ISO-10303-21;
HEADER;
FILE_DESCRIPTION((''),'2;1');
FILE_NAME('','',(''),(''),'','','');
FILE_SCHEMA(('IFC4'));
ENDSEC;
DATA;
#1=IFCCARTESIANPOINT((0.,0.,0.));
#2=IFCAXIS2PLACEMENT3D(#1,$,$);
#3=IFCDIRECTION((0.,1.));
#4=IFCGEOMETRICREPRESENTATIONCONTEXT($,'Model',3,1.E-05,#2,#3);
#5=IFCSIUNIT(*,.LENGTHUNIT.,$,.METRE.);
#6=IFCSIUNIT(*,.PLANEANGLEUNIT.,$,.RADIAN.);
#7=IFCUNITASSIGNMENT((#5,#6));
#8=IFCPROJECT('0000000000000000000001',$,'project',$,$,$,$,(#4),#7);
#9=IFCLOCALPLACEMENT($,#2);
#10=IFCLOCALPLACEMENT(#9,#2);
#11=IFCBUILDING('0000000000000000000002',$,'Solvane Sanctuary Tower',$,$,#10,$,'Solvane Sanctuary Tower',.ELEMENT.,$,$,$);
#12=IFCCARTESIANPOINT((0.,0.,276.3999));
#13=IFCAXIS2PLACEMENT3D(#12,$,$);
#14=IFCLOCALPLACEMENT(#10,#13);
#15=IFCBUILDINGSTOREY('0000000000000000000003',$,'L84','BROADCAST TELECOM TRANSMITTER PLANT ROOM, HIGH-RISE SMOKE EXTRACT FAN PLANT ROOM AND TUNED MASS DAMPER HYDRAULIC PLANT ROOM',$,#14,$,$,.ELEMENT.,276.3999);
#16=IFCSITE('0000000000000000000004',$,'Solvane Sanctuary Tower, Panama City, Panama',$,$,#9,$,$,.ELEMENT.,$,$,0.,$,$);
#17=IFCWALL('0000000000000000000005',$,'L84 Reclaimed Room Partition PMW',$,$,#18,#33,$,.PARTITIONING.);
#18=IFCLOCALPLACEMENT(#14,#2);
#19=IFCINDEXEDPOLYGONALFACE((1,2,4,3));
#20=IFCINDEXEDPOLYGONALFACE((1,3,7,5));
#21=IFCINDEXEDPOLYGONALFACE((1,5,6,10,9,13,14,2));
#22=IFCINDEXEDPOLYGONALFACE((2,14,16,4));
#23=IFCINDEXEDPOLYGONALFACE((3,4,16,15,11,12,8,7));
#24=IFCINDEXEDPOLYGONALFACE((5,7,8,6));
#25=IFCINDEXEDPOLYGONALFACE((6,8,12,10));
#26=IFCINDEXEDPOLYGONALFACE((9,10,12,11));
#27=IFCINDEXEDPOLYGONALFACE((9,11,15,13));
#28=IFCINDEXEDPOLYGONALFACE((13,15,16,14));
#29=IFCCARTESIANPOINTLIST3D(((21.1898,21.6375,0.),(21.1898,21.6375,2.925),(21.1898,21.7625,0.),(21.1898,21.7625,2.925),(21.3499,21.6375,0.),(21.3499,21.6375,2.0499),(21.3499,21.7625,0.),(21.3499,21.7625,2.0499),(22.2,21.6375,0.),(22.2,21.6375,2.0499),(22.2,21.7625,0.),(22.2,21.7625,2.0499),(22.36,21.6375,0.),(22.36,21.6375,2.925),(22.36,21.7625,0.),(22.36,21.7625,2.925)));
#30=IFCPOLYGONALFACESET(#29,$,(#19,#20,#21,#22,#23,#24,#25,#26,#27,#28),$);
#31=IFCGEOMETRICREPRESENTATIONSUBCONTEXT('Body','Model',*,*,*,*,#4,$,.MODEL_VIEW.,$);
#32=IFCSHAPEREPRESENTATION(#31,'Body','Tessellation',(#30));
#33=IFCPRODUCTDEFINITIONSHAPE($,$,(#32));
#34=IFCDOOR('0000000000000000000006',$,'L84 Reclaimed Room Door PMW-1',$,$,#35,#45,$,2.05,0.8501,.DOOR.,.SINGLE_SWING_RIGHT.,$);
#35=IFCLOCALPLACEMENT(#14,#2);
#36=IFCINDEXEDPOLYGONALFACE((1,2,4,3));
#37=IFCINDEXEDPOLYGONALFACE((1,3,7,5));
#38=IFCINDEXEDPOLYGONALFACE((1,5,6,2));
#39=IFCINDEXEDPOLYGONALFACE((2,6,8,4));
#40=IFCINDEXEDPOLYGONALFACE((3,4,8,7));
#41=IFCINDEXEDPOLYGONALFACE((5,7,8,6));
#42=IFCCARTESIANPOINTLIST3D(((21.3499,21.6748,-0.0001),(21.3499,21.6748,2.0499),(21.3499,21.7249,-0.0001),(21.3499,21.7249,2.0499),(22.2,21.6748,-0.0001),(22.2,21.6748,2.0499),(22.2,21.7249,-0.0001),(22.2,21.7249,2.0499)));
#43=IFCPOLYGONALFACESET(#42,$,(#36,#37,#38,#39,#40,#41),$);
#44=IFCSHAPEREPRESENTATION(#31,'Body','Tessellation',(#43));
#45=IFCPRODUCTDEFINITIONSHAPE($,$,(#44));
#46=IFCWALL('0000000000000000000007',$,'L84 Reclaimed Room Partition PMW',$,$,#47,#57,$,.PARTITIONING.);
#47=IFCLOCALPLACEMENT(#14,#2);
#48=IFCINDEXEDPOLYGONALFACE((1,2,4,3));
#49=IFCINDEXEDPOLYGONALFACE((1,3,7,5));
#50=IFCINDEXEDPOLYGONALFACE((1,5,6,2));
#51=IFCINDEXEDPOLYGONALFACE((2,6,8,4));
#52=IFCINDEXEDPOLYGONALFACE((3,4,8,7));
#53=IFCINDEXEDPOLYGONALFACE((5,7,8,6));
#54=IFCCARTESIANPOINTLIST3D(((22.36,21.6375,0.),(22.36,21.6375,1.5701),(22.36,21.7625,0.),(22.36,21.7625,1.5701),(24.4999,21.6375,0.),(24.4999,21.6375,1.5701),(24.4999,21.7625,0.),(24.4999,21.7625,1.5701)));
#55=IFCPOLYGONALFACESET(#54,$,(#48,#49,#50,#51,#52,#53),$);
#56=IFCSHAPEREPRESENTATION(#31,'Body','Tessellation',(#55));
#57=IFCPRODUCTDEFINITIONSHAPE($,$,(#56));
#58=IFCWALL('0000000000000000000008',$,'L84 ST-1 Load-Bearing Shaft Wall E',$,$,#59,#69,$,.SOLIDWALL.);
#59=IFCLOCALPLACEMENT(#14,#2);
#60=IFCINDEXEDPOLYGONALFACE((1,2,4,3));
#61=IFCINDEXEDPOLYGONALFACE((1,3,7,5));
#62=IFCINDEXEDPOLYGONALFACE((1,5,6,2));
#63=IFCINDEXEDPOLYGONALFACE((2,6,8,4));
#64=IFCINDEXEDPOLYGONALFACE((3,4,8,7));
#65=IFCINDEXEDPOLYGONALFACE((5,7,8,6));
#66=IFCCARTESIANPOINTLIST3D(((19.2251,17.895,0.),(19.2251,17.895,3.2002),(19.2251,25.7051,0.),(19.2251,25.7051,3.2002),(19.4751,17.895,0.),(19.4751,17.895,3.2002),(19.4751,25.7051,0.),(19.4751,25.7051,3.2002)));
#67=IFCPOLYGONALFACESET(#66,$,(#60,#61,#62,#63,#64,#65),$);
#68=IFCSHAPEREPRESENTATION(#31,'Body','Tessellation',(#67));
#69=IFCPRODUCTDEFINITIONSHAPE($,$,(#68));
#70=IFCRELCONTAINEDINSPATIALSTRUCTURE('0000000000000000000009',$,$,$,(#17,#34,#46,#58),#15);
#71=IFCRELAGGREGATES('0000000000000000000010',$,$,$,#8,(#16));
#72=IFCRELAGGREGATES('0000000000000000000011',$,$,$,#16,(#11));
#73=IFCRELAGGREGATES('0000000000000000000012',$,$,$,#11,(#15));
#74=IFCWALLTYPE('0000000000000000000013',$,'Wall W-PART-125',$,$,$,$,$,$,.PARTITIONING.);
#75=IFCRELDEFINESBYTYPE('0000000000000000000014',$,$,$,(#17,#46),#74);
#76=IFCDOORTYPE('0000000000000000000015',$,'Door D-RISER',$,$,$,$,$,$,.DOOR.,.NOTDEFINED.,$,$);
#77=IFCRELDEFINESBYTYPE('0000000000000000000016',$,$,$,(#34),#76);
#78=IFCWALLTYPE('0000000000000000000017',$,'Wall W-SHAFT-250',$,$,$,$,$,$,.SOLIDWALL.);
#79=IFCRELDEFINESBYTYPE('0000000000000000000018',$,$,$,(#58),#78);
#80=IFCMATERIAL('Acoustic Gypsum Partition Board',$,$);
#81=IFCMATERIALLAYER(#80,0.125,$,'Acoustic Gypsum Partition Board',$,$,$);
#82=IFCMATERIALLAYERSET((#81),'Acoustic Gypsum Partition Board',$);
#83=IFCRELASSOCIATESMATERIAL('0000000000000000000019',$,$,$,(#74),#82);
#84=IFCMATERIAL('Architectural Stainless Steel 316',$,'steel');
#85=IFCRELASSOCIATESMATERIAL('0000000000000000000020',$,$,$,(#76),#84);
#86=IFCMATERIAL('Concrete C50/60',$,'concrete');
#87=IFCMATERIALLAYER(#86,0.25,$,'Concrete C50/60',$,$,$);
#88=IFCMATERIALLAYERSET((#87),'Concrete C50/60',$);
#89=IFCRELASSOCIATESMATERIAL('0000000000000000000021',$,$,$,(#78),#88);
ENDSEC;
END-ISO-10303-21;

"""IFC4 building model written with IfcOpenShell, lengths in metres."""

from ifc_helpers import new_model, si_unit, direction, frame, frame_2d, origin, place, context, subcontext, project, spatial, rectangle, extrude, material, layer, layer_set, type_object, element, fill, save


model = new_model("IFC4")

# Units and contexts
model_context = context("Model", 3, precision=1e-05, world=origin(), true_north=direction((0.0, 1.0)))
body_context = subcontext(model_context, "Body", "Model", "MODEL_VIEW")
ifc_project = project(units=[si_unit("LENGTHUNIT", "METRE"), si_unit("PLANEANGLEUNIT", "RADIAN")], contexts=[model_context])

# Site, building, storey
site_placement = place(None, origin())
site = spatial("IfcSite", under=ifc_project, at=site_placement, Name="Solvane Sanctuary Tower, Panama City, Panama", CompositionType="ELEMENT", RefElevation=0.0)
building_placement = place(site_placement, origin())
building = spatial("IfcBuilding", under=site, at=building_placement, Name="Solvane Sanctuary Tower", LongName="Solvane Sanctuary Tower", CompositionType="ELEMENT")
storey_placement = place(building_placement, frame((0.0, 0.0, 276.3999)))
storey = spatial("IfcBuildingStorey", under=building, at=storey_placement, Name="L84", Description="BROADCAST TELECOM TRANSMITTER PLANT ROOM, HIGH-RISE SMOKE EXTRACT FAN PLANT ROOM AND TUNED MASS DAMPER HYDRAULIC PLANT ROOM", CompositionType="ELEMENT", Elevation=276.3999)

# Shared definitions
ifc_material_1 = material(Name="Concrete C50/60", Category="concrete")
ifc_material_2 = material(Name="Acoustic Gypsum Partition Board")
ifc_layer_1 = layer(ifc_material_2, 0.125, Name="Acoustic Gypsum Partition Board")
ifc_layer_set_1 = layer_set([ifc_layer_1], Name="Acoustic Gypsum Partition Board")
wall_type_1 = type_object("IfcWallType", Name="Wall W-PART-125", PredefinedType="PARTITIONING", material=ifc_layer_set_1)

# Shared definitions
ifc_material_3 = material(Name="Architectural Stainless Steel 316", Category="steel")
door_type = type_object("IfcDoorType", Name="Door D-RISER", OperationType="NOTDEFINED", PredefinedType="DOOR", material=ifc_material_3)

# Wall, opening, door
wall_1_placement = place(storey_placement, frame((21.1899, 21.7, 0.0), z_axis=(0.0, 0.0, 1.0), x_axis=(1.0, 0.0, 0.0)))
wall_1 = element("IfcWall", 1, at=wall_1_placement, inside=storey, type_object=wall_type_1, Name="L84 Reclaimed Room Partition PMW", PredefinedType="PARTITIONING", context=body_context, shape_type="SweptSolid", body=[
    extrude(rectangle(XDim=1.1702, YDim=0.125, at=frame_2d((0.585, 0.0))), origin(), (0.0, 0.0, 1.0), 2.925),
])
opening_1_placement = place(wall_1_placement, frame((0.1599, 0.0, 0.0)))
opening_1 = element("IfcOpeningElement", 2, at=opening_1_placement, cuts=wall_1, PredefinedType="OPENING", context=body_context, shape_type="SweptSolid", body=[
    extrude(rectangle(XDim=0.8501, YDim=2.05, at=frame_2d((0.425, 1.0249))), frame((0.0, 0.0725, 0.0), z_axis=(0.0, -1.0, 0.0), x_axis=(1.0, 0.0, 0.0)), (0.0, 0.0, 1.0), 0.145),
])
door_1_placement = place(opening_1_placement, origin())
door_1 = element("IfcDoor", 3, at=door_1_placement, inside=storey, type_object=door_type, Name="L84 Reclaimed Room Door PMW-1", OperationType="SINGLE_SWING_RIGHT", OverallHeight=2.05, OverallWidth=0.8501, PredefinedType="DOOR", context=body_context, shape_type="SweptSolid", body=[
    extrude(rectangle(XDim=0.8501, YDim=2.05, at=frame_2d((0.425, 1.0249))), frame((0.0, 0.0249, 0.0), z_axis=(0.0, -1.0, 0.0), x_axis=(1.0, 0.0, 0.0)), (0.0, 0.0, 1.0), 0.05),
])
fill(opening_1, door_1)

# Walls
wall_2_placement = place(storey_placement, frame((22.3601, 21.7, 0.0), z_axis=(0.0, 0.0, 1.0), x_axis=(1.0, 0.0, 0.0)))
element("IfcWall", 4, at=wall_2_placement, inside=storey, type_object=wall_type_1, Name="L84 Reclaimed Room Partition PMW", PredefinedType="PARTITIONING", context=body_context, shape_type="SweptSolid", body=[
    extrude(rectangle(XDim=2.1399, YDim=0.125, at=frame_2d((1.0698, 0.0))), origin(), (0.0, 0.0, 1.0), 1.5701),
])
ifc_layer_2 = layer(ifc_material_1, 0.25, Name="Concrete C50/60")
ifc_layer_set_2 = layer_set([ifc_layer_2], Name="Concrete C50/60")
wall_type_2 = type_object("IfcWallType", Name="Wall W-SHAFT-250", PredefinedType="SOLIDWALL", material=ifc_layer_set_2)
wall_3_placement = place(storey_placement, frame((19.3501, 17.895, 0.0), z_axis=(0.0, 0.0, 1.0), x_axis=(0.0, 1.0, 0.0)))
element("IfcWall", 5, at=wall_3_placement, inside=storey, type_object=wall_type_2, Name="L84 ST-1 Load-Bearing Shaft Wall E", PredefinedType="SOLIDWALL", context=body_context, shape_type="SweptSolid", body=[
    extrude(rectangle(XDim=7.8101, YDim=0.25, at=frame_2d((3.905, 0.0))), origin(), (0.0, 0.0, 1.0), 3.2002),
])

save(model, "model.ifc")
